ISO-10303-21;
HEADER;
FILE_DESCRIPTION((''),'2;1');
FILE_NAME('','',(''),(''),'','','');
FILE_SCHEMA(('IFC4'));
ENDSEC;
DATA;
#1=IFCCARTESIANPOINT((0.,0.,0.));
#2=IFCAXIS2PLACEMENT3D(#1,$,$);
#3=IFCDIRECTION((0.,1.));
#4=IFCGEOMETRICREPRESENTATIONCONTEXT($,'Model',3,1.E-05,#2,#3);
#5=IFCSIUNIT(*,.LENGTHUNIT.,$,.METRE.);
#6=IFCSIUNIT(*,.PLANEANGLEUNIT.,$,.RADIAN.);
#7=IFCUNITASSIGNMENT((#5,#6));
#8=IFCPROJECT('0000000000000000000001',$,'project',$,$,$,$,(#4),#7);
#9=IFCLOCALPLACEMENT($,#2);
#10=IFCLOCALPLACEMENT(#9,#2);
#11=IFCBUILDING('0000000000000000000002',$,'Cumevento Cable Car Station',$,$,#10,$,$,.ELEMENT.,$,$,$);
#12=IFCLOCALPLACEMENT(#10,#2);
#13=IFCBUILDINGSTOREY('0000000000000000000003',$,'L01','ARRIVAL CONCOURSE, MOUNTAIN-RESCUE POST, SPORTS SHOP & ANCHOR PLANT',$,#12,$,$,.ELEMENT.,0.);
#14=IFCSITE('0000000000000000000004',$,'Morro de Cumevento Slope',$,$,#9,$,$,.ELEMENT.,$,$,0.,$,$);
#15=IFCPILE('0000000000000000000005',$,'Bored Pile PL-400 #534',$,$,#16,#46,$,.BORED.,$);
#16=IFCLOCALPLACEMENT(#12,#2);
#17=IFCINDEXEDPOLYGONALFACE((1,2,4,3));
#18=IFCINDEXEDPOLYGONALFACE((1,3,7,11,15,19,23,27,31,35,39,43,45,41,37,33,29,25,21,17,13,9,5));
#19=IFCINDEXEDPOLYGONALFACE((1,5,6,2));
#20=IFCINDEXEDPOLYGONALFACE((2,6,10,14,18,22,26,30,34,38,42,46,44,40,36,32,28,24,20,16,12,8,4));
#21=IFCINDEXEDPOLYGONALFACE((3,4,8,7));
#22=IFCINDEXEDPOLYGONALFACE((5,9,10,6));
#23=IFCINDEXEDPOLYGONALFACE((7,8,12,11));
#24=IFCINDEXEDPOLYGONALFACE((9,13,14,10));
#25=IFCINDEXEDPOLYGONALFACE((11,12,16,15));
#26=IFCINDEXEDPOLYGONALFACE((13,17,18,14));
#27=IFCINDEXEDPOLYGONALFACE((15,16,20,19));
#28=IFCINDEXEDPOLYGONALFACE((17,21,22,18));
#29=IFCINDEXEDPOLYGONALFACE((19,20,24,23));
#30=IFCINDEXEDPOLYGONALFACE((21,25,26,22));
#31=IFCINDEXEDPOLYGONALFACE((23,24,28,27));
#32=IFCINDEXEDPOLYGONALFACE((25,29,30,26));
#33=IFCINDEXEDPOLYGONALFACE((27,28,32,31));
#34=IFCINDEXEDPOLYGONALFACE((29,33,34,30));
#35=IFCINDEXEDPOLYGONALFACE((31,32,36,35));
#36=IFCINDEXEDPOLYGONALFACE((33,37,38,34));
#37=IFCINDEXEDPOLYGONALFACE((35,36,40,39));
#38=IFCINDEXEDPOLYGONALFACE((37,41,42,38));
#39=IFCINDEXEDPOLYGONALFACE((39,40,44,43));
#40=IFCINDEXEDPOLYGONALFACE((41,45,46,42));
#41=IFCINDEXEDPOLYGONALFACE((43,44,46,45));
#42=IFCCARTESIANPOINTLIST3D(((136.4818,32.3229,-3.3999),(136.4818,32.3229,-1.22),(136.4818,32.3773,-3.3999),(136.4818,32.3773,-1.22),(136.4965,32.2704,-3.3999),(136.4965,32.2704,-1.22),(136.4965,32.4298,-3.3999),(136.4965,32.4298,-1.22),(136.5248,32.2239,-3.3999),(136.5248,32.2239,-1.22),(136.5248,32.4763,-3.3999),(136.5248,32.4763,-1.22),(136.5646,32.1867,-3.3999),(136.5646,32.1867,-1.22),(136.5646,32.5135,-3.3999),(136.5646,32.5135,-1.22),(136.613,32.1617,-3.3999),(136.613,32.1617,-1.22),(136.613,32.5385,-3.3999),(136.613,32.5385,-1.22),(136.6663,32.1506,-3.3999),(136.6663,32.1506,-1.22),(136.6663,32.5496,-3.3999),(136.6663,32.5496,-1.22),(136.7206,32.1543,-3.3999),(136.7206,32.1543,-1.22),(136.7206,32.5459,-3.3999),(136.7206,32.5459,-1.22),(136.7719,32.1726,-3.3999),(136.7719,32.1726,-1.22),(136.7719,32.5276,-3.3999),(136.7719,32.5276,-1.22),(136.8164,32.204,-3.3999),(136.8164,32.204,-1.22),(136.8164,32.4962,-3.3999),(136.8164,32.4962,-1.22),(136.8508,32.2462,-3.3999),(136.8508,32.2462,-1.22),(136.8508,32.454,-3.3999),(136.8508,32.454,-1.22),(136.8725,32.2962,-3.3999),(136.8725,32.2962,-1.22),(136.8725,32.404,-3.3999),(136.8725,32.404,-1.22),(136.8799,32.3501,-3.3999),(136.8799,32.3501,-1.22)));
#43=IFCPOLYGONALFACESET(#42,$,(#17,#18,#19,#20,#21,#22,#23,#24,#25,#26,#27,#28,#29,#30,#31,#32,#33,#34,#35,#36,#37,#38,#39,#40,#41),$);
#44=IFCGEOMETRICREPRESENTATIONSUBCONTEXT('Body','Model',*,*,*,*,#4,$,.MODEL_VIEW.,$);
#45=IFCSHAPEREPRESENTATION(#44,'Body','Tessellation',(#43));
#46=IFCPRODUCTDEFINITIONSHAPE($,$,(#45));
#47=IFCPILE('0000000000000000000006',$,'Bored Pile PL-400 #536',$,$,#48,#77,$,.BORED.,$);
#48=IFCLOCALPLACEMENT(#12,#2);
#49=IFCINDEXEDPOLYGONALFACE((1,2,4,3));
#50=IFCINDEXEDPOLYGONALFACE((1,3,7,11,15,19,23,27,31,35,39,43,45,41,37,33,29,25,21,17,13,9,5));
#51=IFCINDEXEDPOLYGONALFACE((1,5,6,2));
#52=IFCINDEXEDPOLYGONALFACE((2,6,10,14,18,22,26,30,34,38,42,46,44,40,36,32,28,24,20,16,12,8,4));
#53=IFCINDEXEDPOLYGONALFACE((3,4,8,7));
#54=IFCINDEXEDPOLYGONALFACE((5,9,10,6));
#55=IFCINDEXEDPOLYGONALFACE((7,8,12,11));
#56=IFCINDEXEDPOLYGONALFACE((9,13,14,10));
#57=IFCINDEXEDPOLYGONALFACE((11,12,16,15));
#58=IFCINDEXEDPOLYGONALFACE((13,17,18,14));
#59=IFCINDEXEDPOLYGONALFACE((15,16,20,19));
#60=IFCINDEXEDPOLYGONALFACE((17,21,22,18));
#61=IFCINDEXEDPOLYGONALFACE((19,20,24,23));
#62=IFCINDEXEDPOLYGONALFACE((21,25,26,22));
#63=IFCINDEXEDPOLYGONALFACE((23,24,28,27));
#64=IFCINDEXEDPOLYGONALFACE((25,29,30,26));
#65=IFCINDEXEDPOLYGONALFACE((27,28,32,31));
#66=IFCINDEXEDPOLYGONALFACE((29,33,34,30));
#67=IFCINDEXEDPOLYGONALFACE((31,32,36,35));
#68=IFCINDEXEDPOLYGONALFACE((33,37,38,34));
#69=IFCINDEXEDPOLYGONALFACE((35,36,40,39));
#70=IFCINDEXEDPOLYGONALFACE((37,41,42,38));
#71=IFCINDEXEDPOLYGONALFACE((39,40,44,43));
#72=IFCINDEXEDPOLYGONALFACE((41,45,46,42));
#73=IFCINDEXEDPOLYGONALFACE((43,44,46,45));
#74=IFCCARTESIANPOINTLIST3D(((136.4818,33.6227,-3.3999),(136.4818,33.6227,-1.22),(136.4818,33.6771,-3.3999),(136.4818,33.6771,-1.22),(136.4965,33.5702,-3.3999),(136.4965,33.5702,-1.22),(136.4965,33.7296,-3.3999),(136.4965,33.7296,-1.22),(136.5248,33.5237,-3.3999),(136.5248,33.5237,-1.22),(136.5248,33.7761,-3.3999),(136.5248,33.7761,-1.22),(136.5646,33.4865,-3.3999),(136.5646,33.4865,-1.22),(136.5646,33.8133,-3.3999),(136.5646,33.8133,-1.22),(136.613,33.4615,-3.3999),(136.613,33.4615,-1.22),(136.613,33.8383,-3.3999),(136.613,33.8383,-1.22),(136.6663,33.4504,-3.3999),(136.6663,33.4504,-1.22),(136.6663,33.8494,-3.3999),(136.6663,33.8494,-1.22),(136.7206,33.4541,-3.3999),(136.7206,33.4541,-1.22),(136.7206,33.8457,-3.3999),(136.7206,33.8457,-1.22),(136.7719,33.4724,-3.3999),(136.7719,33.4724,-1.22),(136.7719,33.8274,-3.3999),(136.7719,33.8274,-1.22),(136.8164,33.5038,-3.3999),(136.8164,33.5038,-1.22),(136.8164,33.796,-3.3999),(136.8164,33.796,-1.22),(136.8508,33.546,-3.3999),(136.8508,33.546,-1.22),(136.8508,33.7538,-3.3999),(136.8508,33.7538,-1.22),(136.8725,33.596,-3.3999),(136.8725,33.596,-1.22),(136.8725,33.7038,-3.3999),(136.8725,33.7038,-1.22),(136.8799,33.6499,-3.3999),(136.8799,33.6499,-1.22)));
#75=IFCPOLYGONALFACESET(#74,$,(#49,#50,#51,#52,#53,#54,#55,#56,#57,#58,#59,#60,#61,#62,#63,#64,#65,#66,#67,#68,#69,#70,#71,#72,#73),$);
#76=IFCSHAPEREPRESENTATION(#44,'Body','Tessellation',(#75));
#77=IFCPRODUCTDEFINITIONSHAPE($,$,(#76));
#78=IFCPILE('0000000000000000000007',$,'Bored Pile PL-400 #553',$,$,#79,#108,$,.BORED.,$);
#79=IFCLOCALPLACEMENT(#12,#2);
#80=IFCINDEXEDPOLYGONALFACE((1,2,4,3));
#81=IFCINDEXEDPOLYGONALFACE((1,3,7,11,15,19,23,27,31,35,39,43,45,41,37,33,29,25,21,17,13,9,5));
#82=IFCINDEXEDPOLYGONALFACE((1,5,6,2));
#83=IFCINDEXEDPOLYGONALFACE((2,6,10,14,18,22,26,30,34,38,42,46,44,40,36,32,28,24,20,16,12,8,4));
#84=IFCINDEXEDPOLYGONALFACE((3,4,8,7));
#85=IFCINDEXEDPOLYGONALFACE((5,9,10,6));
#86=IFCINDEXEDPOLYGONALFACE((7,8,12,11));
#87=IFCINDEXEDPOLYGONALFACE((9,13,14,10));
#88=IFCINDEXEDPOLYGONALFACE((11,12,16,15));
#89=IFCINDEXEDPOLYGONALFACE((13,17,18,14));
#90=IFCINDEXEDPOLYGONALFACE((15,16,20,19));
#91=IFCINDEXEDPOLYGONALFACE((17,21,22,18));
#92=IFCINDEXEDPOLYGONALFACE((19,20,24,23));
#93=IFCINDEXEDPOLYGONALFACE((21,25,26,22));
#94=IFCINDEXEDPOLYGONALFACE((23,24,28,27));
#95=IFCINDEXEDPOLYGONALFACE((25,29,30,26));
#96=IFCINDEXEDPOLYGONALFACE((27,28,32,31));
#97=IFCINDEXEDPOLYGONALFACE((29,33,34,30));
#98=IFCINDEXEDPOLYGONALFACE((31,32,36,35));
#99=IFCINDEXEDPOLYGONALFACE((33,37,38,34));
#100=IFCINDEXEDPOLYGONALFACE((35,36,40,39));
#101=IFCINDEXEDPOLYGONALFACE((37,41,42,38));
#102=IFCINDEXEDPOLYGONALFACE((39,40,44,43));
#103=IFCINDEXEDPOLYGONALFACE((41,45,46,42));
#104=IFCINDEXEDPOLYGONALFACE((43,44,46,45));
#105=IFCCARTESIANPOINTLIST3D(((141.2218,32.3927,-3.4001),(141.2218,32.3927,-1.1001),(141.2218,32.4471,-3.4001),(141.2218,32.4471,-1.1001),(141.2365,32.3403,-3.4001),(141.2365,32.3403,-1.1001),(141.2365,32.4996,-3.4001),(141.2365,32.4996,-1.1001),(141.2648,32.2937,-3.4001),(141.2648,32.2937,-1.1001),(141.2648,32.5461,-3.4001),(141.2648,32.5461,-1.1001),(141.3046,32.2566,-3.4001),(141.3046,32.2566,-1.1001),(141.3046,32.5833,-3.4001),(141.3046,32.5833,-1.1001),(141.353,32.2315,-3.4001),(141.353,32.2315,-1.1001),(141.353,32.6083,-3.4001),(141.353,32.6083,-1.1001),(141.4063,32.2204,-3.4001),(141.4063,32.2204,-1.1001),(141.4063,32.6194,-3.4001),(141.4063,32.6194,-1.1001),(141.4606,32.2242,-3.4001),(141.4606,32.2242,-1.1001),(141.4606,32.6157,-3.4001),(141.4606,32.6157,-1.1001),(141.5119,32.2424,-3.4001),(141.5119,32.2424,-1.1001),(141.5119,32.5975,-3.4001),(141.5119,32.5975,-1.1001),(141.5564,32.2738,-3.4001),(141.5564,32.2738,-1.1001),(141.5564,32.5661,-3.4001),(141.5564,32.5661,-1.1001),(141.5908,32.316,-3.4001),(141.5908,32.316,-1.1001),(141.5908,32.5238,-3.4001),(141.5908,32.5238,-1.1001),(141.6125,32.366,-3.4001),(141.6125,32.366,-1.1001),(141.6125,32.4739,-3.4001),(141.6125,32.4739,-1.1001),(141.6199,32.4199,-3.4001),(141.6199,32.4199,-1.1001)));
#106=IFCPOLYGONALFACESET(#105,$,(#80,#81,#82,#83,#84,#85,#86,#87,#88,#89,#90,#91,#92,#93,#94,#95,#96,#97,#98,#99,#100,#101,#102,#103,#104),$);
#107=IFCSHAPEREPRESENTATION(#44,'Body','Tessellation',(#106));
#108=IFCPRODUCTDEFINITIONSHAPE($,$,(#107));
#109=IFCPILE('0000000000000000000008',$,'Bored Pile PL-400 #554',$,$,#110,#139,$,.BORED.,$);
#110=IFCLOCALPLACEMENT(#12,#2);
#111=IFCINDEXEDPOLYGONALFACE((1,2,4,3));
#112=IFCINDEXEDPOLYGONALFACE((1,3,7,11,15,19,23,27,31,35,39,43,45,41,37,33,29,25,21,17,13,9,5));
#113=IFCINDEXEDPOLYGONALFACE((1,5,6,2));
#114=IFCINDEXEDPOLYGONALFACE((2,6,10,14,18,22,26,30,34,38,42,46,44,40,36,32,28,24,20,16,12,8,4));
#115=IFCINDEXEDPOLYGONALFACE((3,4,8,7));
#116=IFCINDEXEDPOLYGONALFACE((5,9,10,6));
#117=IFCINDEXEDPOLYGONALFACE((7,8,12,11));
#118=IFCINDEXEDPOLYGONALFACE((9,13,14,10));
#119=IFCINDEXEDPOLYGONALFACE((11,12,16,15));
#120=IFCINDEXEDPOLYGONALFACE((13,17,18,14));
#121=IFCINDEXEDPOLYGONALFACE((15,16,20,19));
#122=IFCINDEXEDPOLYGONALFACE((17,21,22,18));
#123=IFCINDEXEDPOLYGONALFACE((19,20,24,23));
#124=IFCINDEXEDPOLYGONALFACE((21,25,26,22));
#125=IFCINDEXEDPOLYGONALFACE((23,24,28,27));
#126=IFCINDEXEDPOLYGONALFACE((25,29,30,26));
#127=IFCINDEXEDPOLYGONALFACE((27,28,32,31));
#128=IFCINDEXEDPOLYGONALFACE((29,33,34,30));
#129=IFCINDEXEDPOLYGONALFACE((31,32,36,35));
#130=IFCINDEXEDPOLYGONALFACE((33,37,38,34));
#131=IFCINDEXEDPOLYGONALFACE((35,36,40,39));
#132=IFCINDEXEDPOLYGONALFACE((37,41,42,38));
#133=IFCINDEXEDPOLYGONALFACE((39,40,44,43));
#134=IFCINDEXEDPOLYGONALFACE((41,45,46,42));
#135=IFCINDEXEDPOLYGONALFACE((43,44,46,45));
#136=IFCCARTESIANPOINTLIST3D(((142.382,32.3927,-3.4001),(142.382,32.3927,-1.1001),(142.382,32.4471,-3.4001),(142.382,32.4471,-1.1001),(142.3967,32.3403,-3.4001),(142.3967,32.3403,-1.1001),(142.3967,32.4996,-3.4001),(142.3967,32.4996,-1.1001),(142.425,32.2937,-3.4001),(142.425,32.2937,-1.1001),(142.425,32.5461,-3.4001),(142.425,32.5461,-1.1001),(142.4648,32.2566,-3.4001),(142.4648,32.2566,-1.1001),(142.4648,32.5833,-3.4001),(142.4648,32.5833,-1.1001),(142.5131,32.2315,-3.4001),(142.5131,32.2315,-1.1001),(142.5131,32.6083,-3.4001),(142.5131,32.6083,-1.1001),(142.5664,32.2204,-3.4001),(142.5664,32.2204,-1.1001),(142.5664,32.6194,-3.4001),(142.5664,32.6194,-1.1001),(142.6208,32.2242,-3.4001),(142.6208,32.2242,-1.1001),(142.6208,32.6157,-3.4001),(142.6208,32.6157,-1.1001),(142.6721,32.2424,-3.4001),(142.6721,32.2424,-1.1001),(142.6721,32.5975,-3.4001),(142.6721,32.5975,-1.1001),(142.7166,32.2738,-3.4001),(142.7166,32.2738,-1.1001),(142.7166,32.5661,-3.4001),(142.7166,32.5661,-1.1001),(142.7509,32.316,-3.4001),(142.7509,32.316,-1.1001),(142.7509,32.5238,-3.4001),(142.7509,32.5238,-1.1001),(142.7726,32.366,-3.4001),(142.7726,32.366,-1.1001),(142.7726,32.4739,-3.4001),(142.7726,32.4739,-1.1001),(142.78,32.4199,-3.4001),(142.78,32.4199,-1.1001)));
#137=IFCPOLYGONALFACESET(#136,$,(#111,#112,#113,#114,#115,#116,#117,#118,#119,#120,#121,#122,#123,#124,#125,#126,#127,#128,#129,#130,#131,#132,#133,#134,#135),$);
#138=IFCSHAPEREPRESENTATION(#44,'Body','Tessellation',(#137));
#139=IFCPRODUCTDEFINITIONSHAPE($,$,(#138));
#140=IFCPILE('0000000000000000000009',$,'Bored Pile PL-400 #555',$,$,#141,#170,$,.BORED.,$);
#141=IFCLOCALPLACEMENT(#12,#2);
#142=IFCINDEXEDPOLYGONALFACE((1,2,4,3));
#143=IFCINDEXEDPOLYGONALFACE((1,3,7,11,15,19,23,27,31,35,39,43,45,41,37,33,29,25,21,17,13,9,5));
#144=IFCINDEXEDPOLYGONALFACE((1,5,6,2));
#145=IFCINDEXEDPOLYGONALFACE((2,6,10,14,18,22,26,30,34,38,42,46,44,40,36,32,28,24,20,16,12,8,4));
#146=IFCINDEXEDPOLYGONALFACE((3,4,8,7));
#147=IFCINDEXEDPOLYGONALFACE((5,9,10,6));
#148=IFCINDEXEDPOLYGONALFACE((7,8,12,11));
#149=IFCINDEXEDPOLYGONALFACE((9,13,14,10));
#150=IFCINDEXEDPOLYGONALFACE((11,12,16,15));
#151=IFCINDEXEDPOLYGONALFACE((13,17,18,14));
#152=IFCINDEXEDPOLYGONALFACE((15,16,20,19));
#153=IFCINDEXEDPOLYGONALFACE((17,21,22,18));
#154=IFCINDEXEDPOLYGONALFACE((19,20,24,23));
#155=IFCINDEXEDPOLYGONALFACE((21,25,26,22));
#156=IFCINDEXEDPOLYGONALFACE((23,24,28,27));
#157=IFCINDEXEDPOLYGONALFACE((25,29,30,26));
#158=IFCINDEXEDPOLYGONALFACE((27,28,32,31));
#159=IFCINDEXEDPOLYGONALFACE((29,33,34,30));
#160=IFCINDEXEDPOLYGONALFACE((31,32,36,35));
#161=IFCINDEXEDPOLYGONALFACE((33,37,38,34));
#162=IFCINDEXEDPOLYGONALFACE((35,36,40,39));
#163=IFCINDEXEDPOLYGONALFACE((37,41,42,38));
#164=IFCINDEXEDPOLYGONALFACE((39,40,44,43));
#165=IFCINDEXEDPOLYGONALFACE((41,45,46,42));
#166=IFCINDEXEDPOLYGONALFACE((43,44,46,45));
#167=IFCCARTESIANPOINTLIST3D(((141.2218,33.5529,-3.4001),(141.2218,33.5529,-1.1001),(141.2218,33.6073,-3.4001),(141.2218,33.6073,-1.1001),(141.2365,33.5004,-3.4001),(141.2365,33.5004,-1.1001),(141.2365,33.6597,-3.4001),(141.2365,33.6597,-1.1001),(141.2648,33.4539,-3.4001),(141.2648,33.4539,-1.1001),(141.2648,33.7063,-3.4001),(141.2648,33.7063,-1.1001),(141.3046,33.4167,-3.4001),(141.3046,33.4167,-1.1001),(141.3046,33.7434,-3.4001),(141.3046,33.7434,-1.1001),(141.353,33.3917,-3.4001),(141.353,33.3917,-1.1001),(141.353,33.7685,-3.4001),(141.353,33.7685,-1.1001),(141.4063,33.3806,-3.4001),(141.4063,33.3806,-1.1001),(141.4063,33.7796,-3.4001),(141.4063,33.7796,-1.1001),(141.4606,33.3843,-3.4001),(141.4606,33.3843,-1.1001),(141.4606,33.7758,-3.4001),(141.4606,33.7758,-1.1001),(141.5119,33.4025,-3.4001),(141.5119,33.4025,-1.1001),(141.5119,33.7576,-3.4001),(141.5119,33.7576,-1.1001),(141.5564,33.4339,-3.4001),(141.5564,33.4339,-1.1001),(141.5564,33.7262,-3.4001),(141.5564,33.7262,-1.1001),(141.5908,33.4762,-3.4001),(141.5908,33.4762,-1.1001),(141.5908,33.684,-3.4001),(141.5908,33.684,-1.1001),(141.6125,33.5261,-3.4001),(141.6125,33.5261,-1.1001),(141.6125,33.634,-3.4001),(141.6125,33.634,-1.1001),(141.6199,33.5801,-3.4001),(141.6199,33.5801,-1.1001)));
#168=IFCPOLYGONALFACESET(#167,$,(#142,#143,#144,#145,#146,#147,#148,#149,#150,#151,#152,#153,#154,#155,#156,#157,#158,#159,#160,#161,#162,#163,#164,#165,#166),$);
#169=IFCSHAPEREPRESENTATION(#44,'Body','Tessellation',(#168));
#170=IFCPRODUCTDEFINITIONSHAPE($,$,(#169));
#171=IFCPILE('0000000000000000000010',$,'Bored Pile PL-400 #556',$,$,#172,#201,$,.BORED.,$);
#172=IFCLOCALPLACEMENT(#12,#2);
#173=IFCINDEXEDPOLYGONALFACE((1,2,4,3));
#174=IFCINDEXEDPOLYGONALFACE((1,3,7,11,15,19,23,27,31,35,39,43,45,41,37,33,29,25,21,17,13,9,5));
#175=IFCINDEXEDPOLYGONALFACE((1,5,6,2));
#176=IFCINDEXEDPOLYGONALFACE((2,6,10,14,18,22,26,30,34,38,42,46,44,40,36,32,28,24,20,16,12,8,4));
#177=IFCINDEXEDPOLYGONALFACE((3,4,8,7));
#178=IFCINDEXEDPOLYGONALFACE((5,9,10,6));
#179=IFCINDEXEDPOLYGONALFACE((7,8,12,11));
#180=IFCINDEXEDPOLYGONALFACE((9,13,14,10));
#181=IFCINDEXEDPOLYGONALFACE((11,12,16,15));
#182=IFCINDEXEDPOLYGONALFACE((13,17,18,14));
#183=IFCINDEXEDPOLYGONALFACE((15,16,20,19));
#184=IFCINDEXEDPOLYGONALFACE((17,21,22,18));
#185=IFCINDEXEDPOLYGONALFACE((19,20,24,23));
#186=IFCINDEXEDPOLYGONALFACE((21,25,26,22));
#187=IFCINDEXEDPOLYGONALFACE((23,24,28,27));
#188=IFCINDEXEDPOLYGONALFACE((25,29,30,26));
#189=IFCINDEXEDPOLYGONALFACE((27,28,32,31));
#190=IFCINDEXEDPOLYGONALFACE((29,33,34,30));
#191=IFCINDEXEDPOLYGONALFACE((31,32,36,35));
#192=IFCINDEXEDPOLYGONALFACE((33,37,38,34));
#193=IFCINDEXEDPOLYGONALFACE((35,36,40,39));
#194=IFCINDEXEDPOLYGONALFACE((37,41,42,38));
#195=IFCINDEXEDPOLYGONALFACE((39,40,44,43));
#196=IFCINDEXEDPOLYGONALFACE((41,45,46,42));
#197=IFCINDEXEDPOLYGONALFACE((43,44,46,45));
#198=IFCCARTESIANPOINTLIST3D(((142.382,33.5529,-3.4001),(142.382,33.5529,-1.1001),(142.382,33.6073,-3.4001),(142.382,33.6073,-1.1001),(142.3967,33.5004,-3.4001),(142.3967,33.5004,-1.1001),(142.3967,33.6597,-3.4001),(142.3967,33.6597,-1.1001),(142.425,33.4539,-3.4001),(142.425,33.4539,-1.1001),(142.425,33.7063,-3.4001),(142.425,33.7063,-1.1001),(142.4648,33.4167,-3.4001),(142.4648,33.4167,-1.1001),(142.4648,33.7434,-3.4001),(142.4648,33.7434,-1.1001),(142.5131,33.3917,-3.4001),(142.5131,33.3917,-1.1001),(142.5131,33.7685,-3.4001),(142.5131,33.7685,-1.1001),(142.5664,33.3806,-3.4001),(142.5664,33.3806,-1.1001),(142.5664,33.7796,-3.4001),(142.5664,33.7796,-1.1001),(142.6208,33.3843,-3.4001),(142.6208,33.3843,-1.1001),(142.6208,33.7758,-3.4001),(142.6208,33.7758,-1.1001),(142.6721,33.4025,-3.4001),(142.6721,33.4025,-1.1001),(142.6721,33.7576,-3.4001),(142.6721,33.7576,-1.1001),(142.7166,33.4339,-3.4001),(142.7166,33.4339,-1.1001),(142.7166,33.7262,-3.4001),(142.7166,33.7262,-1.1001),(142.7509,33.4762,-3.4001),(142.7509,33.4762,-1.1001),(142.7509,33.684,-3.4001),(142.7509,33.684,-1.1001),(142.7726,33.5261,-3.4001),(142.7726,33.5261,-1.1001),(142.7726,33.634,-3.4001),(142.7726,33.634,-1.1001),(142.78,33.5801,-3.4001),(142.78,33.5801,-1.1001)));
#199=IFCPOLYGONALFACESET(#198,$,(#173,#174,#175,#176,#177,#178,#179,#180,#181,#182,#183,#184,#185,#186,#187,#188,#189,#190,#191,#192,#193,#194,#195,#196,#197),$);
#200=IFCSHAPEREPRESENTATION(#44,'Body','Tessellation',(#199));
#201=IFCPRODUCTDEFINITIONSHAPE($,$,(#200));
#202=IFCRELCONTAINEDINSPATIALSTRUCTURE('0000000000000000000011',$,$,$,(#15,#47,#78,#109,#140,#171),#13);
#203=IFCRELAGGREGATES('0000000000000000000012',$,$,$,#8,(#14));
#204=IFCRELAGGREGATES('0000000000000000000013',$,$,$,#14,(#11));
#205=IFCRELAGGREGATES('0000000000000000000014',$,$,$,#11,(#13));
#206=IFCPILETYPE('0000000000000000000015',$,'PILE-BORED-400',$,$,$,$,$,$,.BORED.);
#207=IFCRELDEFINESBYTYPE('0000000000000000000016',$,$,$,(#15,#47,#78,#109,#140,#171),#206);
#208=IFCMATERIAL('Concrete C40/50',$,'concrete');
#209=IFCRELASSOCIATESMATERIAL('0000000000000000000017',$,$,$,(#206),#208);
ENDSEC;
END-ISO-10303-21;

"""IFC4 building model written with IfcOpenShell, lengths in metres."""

from ifc_helpers import new_model, si_unit, direction, frame, origin, origin_2d, place, context, subcontext, project, spatial, circle, extrude, material, material_profile, profile_set, type_object, element, save


model = new_model("IFC4")

# Units and contexts
model_context = context("Model", 3, precision=1e-05, world=origin(), true_north=direction((0.0, 1.0)))
body_context = subcontext(model_context, "Body", "Model", "MODEL_VIEW")
ifc_project = project(units=[si_unit("LENGTHUNIT", "METRE"), si_unit("PLANEANGLEUNIT", "RADIAN")], contexts=[model_context])

# Site, building, storey
site_placement = place(None, origin())
site = spatial("IfcSite", under=ifc_project, at=site_placement, Name="Morro de Cumevento Slope", CompositionType="ELEMENT", RefElevation=0.0)
building_placement = place(site_placement, origin())
building = spatial("IfcBuilding", under=site, at=building_placement, Name="Cumevento Cable Car Station", CompositionType="ELEMENT")
storey_placement = place(building_placement, origin())
storey = spatial("IfcBuildingStorey", under=building, at=storey_placement, Name="L01", Description="ARRIVAL CONCOURSE, MOUNTAIN-RESCUE POST, SPORTS SHOP & ANCHOR PLANT", CompositionType="ELEMENT", Elevation=0.0)

# Piles
ifc_material_1 = material(Name="Concrete C40/50", Category="concrete")
ifc_material_profile_1 = material_profile(ifc_material_1, circle(Radius=0.2, at=origin_2d()), Name="PILE-D400")
ifc_profile_set_1 = profile_set([ifc_material_profile_1], Name="Concrete C40/50")
pile_type = type_object("IfcPileType", Name="PILE-BORED-400", PredefinedType="BORED", material=ifc_profile_set_1)
for number, where, z_axis, x_axis, name in (
    (1, (136.6799, 32.3501, -1.22), (0.0, 0.0, -1.0), (1.0, 0.0, 0.0), "Bored Pile PL-400 #534"),
    (2, (136.6799, 33.6499, -1.22), (0.0, 0.0, -1.0), (1.0, 0.0, 0.0), "Bored Pile PL-400 #536"),
):
    element("IfcPile", number, at=place(storey_placement, frame(where, z_axis=z_axis, x_axis=x_axis)), inside=storey, type_object=pile_type, Name=name, PredefinedType="BORED", context=body_context, shape_type="SweptSolid", body=[
        extrude(circle(Radius=0.2, at=origin_2d()), origin(), (0.0, 0.0, 1.0), 2.1799),
    ])
for number, where, z_axis, x_axis, name in (
    (3, (141.4199, 32.4199, -1.1001), (0.0, 0.0, -1.0), (1.0, 0.0, 0.0), "Bored Pile PL-400 #553"),
    (4, (142.5801, 32.4199, -1.1001), (0.0, 0.0, -1.0), (1.0, 0.0, 0.0), "Bored Pile PL-400 #554"),
    (5, (141.4199, 33.5801, -1.1001), (0.0, 0.0, -1.0), (1.0, 0.0, 0.0), "Bored Pile PL-400 #555"),
    (6, (142.5801, 33.5801, -1.1001), (0.0, 0.0, -1.0), (1.0, 0.0, 0.0), "Bored Pile PL-400 #556"),
):
    element("IfcPile", number, at=place(storey_placement, frame(where, z_axis=z_axis, x_axis=x_axis)), inside=storey, type_object=pile_type, Name=name, PredefinedType="BORED", context=body_context, shape_type="SweptSolid", body=[
        extrude(circle(Radius=0.2, at=origin_2d()), origin(), (0.0, 0.0, 1.0), 2.3),
    ])

save(model, "model.ifc")
